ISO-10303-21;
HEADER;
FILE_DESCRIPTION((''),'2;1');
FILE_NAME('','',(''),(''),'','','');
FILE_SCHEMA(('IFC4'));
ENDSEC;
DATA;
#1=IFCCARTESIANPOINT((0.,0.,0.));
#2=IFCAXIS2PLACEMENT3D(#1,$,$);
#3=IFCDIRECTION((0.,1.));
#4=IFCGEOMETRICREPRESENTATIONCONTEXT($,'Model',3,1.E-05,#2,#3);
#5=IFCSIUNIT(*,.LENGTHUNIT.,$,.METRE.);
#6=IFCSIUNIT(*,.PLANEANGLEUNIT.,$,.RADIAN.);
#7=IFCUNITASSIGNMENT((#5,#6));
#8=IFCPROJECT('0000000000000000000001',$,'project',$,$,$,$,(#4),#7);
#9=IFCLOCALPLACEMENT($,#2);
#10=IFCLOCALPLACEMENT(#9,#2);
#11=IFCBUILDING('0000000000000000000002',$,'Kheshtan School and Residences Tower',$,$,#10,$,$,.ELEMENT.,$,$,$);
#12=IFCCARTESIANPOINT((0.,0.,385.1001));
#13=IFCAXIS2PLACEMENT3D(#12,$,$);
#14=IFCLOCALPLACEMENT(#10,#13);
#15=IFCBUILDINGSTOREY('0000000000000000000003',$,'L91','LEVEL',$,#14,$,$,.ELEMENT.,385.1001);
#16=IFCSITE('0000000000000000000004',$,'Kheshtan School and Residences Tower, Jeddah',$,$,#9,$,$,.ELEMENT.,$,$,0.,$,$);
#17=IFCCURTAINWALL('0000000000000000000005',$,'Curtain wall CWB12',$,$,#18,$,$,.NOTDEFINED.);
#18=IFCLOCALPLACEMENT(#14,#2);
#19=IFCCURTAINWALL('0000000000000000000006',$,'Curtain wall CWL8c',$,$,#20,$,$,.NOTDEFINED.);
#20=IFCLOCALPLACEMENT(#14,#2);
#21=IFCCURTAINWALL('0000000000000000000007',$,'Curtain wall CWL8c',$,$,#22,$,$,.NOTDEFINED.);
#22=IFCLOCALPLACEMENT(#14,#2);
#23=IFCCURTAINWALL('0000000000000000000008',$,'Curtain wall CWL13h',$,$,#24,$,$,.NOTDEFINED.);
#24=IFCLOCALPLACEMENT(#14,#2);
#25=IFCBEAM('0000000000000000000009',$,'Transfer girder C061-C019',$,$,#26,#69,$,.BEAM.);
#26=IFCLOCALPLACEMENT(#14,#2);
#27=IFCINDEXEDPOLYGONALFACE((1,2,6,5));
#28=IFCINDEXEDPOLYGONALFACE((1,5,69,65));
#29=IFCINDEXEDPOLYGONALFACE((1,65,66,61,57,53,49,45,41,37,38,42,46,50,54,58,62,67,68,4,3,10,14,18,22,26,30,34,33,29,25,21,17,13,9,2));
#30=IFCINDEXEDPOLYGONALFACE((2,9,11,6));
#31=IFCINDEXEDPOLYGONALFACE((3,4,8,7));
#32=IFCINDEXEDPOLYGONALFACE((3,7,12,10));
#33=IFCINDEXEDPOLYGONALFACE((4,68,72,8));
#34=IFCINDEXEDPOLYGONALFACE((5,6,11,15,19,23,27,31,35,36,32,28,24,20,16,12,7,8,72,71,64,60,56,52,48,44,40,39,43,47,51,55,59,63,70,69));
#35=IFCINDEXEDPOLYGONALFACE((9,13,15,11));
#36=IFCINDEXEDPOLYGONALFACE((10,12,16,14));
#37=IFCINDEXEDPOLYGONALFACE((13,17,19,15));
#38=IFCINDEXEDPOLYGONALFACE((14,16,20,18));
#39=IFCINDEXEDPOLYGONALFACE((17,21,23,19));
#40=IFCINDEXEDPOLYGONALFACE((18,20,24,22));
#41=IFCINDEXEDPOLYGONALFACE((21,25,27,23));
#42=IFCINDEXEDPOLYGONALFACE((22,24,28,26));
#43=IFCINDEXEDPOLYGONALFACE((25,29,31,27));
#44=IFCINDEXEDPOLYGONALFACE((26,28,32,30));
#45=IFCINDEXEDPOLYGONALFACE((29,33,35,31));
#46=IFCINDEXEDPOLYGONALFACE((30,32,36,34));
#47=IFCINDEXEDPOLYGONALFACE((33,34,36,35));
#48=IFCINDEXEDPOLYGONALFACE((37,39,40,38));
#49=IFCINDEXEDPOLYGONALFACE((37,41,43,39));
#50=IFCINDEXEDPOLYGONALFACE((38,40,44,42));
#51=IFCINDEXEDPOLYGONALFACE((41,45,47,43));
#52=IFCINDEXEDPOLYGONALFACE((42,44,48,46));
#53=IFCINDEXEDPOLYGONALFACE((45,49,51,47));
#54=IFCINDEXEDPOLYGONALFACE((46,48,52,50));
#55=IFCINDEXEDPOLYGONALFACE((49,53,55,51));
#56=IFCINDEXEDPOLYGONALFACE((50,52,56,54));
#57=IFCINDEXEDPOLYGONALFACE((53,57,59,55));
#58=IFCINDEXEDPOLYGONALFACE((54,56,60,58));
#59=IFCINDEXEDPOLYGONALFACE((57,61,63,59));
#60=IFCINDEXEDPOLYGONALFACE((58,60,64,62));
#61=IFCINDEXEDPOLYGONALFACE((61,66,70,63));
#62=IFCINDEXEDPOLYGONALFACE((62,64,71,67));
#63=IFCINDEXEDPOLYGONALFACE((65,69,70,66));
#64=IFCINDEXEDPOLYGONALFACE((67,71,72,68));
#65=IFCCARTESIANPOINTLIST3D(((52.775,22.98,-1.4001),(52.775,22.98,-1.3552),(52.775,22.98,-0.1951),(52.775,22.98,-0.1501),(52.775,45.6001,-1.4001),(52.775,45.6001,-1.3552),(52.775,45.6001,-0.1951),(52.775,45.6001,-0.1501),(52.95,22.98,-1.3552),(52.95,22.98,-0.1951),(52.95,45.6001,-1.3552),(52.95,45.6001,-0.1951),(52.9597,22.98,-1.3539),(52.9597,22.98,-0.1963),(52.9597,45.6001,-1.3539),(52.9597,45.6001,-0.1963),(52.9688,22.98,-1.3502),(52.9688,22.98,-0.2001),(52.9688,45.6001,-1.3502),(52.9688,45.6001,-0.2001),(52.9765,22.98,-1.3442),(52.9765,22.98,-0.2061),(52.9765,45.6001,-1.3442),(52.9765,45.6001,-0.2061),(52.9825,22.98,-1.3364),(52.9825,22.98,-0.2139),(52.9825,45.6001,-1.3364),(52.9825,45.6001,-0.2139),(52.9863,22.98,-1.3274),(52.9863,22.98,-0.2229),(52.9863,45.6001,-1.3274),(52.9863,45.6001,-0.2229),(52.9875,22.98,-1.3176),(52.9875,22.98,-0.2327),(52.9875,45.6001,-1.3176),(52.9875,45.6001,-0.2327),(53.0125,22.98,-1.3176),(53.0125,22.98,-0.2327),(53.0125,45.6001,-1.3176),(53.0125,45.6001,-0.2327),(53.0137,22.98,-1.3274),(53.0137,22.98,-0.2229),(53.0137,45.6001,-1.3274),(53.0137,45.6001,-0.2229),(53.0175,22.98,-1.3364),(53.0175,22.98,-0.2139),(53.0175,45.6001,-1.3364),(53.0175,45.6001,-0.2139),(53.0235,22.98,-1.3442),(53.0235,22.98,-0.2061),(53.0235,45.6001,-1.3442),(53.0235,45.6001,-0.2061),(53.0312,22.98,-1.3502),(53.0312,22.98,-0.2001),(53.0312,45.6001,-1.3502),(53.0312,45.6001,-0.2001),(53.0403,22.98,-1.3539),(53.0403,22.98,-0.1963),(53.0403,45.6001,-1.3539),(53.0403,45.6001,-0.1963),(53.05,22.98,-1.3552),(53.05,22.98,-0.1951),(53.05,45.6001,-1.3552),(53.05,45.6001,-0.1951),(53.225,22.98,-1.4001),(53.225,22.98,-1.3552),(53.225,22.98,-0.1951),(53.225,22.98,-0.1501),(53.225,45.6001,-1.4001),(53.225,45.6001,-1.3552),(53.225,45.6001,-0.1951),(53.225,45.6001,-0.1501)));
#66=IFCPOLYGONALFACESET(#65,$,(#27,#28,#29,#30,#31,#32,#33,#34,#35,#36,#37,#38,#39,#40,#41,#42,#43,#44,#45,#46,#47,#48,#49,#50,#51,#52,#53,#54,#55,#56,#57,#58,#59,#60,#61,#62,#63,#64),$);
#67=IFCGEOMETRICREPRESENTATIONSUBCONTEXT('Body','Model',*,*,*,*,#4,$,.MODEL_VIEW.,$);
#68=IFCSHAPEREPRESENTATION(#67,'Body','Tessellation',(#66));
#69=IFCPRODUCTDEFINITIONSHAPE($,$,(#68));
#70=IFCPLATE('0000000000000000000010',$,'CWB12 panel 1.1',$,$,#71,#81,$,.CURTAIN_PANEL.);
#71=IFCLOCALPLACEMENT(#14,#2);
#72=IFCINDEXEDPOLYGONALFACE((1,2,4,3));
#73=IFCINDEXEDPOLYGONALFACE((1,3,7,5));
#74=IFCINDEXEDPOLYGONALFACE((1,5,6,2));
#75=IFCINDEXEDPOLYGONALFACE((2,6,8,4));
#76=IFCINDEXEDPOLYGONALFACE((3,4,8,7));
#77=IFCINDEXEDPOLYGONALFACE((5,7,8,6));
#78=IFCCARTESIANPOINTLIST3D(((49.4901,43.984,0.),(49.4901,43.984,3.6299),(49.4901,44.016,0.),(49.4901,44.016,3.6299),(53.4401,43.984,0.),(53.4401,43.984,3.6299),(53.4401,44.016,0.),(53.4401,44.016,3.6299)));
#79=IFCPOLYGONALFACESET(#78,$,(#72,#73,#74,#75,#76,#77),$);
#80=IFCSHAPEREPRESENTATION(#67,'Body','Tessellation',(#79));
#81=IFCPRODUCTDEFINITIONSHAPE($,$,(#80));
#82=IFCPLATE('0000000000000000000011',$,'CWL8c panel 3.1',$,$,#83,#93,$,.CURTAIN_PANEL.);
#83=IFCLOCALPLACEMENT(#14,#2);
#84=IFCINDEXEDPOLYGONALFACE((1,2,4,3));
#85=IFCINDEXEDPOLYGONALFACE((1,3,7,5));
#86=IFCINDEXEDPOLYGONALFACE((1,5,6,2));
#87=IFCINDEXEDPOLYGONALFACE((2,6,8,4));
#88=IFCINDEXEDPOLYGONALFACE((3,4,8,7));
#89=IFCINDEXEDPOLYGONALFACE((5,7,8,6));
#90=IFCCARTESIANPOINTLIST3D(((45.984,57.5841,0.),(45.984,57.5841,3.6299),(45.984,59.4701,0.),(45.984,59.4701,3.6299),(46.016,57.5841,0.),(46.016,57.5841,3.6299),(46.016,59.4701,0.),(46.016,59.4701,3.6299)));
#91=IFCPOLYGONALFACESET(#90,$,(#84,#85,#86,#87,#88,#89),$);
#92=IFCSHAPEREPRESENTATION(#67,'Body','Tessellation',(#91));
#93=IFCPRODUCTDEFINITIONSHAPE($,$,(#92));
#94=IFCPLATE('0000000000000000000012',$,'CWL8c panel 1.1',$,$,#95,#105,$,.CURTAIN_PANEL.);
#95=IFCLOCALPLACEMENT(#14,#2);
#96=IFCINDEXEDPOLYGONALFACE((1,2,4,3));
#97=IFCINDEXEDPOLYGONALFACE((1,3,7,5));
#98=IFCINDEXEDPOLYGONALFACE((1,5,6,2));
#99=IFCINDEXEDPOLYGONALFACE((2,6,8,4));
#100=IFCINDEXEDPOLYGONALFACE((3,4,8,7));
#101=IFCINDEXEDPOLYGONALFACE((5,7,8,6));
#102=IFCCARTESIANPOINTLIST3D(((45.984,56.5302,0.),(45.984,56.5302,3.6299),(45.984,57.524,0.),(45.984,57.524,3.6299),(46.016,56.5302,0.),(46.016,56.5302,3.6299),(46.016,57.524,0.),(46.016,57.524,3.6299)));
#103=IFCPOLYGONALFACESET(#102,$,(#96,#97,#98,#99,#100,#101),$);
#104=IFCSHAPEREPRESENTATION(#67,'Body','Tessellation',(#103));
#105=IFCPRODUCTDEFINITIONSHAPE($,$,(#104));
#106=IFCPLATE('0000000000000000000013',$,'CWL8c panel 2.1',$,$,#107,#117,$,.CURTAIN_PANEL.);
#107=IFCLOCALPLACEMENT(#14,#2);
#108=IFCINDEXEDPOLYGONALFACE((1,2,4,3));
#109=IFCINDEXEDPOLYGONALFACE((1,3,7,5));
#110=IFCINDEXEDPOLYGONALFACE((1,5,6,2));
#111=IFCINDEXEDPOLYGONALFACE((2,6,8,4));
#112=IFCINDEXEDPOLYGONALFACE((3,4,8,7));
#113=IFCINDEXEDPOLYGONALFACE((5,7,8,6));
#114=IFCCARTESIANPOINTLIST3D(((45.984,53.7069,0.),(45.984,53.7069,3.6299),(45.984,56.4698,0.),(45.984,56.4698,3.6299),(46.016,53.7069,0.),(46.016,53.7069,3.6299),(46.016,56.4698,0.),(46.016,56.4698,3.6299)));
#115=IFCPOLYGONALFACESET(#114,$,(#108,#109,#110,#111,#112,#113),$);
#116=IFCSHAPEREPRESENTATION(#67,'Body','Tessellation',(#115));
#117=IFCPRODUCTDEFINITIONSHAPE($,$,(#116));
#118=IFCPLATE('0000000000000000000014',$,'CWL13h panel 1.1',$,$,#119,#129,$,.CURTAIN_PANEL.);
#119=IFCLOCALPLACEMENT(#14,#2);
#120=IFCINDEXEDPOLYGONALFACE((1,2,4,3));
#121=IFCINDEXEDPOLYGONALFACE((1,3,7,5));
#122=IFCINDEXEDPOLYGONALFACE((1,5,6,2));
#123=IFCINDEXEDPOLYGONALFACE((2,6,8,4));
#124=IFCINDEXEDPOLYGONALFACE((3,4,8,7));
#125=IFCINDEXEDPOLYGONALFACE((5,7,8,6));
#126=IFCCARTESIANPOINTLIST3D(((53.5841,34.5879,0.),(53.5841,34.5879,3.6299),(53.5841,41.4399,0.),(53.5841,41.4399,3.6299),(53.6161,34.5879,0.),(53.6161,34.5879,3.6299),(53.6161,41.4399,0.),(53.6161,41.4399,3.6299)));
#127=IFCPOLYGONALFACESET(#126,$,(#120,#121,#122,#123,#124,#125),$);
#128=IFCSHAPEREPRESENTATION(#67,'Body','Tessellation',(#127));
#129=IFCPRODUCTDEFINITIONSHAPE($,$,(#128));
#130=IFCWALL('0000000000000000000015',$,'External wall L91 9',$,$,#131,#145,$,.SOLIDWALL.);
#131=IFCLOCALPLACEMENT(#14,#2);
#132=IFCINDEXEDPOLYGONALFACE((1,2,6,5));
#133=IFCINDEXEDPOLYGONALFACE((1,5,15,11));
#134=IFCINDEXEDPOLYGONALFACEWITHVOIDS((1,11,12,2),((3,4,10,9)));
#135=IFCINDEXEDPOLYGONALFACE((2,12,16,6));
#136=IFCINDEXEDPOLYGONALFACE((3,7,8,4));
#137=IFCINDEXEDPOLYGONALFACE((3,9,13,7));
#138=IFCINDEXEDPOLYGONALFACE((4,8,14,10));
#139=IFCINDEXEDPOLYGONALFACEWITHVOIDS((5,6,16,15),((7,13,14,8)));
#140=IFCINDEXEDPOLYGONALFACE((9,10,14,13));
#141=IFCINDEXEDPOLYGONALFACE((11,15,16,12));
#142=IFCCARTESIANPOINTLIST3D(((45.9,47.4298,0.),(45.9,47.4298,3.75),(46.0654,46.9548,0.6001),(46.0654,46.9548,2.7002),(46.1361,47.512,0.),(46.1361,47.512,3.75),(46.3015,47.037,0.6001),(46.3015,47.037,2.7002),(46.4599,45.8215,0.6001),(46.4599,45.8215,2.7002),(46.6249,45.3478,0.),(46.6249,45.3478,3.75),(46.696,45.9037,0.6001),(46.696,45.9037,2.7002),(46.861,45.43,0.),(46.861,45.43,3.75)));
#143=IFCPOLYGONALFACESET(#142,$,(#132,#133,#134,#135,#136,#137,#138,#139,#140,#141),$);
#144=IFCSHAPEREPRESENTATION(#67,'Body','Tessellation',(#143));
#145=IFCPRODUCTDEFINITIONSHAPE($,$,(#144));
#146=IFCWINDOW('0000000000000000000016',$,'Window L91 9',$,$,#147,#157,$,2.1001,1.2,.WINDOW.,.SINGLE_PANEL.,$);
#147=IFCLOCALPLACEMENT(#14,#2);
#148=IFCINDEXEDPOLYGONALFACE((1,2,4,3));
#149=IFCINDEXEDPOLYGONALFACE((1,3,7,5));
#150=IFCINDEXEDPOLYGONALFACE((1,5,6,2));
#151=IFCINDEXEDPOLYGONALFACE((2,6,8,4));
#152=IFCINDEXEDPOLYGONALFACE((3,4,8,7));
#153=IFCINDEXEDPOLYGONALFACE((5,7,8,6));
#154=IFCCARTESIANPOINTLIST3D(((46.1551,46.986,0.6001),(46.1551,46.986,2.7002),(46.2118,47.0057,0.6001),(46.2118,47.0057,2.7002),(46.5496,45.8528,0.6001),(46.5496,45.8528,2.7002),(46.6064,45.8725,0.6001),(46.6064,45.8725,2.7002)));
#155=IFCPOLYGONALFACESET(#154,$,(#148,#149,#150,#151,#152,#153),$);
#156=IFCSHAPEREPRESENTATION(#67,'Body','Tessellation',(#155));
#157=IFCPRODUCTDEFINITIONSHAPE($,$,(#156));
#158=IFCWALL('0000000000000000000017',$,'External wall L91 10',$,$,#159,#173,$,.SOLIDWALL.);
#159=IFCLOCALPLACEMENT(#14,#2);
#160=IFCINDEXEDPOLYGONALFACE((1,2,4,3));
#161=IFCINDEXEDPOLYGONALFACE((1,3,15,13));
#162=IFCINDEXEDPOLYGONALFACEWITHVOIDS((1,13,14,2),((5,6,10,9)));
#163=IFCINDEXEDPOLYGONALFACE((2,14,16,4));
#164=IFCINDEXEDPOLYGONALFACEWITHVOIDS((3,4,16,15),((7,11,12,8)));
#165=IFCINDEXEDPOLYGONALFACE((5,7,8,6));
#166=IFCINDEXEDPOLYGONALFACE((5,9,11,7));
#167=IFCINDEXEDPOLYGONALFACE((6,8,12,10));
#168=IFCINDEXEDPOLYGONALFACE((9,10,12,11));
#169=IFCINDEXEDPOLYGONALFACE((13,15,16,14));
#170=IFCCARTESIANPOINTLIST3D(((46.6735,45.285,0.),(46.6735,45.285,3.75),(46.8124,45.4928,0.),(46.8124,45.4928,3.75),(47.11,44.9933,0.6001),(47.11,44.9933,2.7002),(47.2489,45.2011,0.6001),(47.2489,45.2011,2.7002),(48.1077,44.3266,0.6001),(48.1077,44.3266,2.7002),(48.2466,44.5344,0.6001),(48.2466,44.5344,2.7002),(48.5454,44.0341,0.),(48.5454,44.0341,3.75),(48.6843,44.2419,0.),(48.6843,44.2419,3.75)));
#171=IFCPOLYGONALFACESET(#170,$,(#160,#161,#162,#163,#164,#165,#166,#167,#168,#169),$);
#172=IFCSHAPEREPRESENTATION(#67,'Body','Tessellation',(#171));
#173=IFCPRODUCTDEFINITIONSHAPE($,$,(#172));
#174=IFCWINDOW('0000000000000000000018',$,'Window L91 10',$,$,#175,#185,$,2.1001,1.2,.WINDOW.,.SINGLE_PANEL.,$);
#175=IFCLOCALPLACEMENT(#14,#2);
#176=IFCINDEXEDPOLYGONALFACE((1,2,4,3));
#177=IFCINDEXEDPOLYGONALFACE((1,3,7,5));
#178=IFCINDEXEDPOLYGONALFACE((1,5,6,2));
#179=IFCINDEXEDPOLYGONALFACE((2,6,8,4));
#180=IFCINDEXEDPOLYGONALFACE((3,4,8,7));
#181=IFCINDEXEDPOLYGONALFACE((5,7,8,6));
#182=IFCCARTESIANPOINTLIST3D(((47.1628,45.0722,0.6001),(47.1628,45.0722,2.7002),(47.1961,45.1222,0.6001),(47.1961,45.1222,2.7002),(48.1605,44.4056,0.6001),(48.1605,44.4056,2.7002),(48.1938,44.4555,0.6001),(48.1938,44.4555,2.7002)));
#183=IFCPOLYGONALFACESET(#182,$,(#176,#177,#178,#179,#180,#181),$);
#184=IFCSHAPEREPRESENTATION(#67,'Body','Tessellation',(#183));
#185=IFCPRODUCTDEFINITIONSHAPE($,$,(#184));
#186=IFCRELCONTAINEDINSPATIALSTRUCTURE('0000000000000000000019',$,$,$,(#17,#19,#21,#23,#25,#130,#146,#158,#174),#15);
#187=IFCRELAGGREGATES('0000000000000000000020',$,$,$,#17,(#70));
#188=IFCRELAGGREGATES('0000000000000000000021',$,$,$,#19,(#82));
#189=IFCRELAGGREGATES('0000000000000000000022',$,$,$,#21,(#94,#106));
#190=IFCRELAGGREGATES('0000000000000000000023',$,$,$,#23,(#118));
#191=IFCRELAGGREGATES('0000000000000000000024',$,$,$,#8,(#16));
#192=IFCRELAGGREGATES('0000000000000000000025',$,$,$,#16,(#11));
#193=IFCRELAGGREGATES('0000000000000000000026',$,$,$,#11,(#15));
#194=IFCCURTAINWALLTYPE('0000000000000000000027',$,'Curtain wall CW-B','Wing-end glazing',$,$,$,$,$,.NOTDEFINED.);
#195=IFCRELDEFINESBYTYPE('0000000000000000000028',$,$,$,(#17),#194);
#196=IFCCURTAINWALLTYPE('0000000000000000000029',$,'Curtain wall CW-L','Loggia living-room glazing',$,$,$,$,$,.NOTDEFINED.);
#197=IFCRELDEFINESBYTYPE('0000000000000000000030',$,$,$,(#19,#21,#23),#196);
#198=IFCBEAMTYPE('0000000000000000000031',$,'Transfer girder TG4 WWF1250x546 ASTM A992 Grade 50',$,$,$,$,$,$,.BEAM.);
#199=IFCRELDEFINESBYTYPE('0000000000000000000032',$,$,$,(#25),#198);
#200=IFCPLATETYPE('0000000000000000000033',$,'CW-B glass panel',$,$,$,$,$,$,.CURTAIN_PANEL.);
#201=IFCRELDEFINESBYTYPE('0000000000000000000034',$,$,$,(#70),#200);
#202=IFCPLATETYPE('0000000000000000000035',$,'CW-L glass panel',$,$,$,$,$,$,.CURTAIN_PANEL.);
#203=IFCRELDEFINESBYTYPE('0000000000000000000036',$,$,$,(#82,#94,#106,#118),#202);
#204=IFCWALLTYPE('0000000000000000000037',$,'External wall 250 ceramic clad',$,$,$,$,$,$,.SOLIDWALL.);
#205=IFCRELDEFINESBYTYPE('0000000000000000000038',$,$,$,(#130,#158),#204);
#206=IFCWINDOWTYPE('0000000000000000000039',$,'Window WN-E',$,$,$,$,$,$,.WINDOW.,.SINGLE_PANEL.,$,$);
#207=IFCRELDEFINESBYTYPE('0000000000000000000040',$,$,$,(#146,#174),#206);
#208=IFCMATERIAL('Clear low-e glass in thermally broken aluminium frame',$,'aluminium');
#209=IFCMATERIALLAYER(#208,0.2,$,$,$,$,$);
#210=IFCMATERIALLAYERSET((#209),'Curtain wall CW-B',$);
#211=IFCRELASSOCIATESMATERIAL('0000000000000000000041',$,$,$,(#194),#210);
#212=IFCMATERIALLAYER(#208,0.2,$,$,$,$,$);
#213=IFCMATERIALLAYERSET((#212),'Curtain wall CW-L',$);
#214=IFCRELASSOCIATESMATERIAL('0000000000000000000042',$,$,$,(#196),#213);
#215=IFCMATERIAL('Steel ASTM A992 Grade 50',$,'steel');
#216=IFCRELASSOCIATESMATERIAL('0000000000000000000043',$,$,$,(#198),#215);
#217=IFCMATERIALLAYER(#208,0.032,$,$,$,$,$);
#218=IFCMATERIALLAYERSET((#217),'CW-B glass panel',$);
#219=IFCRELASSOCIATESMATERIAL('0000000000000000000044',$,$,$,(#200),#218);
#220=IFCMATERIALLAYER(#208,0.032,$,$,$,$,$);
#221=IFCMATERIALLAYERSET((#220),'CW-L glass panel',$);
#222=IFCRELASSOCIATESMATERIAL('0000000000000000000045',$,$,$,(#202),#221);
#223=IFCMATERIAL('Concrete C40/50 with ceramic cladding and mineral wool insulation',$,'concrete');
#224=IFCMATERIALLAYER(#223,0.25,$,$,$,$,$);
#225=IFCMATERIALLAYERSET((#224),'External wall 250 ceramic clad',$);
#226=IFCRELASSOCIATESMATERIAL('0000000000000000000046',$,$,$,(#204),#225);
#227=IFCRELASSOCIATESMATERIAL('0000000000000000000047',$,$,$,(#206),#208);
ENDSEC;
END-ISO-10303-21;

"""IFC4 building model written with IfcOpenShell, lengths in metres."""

from ifc_helpers import new_model, si_unit, direction, frame, frame_2d, origin, origin_2d, place, context, subcontext, project, spatial, rectangle, i_section, extrude, source, transform, mapped, material, layer, layer_set, material_profile, profile_set, type_object, element, fill, aggregate, save


model = new_model("IFC4")

# Units and contexts
model_context = context("Model", 3, precision=1e-05, world=origin(), true_north=direction((0.0, 1.0)))
body_context = subcontext(model_context, "Body", "Model", "MODEL_VIEW")
ifc_project = project(units=[si_unit("LENGTHUNIT", "METRE"), si_unit("PLANEANGLEUNIT", "RADIAN")], contexts=[model_context])

# Site, building, storey
site_placement = place(None, origin())
site = spatial("IfcSite", under=ifc_project, at=site_placement, Name="Kheshtan School and Residences Tower, Jeddah", CompositionType="ELEMENT", RefElevation=0.0)
building_placement = place(site_placement, origin())
building = spatial("IfcBuilding", under=site, at=building_placement, Name="Kheshtan School and Residences Tower", CompositionType="ELEMENT")
storey_placement = place(building_placement, frame((0.0, 0.0, 385.1001)))
storey = spatial("IfcBuildingStorey", under=building, at=storey_placement, Name="L91", Description="LEVEL", CompositionType="ELEMENT", Elevation=385.1001)

# Shared definitions
ifc_material_1 = material(Name="Steel ASTM A992 Grade 50", Category="steel")

# Curtain wall
ifc_material_2 = material(Name="Clear low-e glass in thermally broken aluminium frame", Category="aluminium")
ifc_layer_1 = layer(ifc_material_2, 0.2)
ifc_layer_set_1 = layer_set([ifc_layer_1], Name="Curtain wall CW-B")
curtain_wall_type_1 = type_object("IfcCurtainWallType", Name="Curtain wall CW-B", Description="Wing-end glazing", PredefinedType="NOTDEFINED", material=ifc_layer_set_1)
curtain_wall_1_placement = place(storey_placement, origin())
curtain_wall_1 = element("IfcCurtainWall", 1, at=curtain_wall_1_placement, inside=storey, type_object=curtain_wall_type_1, Name="Curtain wall CWB12", PredefinedType="NOTDEFINED")

# Curtain wall
ifc_layer_2 = layer(ifc_material_2, 0.2)
ifc_layer_set_2 = layer_set([ifc_layer_2], Name="Curtain wall CW-L")
curtain_wall_type_2 = type_object("IfcCurtainWallType", Name="Curtain wall CW-L", Description="Loggia living-room glazing", PredefinedType="NOTDEFINED", material=ifc_layer_set_2)
curtain_wall_2_placement = place(storey_placement, origin())
curtain_wall_2 = element("IfcCurtainWall", 2, at=curtain_wall_2_placement, inside=storey, type_object=curtain_wall_type_2, Name="Curtain wall CWL8c", PredefinedType="NOTDEFINED")

# Curtain wall
curtain_wall_3_placement = place(storey_placement, origin())
curtain_wall_3 = element("IfcCurtainWall", 3, at=curtain_wall_3_placement, inside=storey, type_object=curtain_wall_type_2, Name="Curtain wall CWL8c", PredefinedType="NOTDEFINED")

# Curtain wall
curtain_wall_4_placement = place(storey_placement, origin())
curtain_wall_4 = element("IfcCurtainWall", 4, at=curtain_wall_4_placement, inside=storey, type_object=curtain_wall_type_2, Name="Curtain wall CWL13h", PredefinedType="NOTDEFINED")

# Beam
ifc_material_profile_1 = material_profile(ifc_material_1, i_section(OverallWidth=0.45, OverallDepth=1.25, WebThickness=0.0249, FlangeThickness=0.0449, FilletRadius=0.0376, at=origin_2d()), Name="WWF1250x546")
ifc_profile_set_1 = profile_set([ifc_material_profile_1], Name="Steel ASTM A992 Grade 50")
beam_type_1 = type_object("IfcBeamType", Name="Transfer girder TG4 WWF1250x546 ASTM A992 Grade 50", PredefinedType="BEAM", material=ifc_profile_set_1)
beam_1_placement = place(storey_placement, frame((53.0, 45.6001, -0.7751), z_axis=(0.0, -1.0, 0.0), x_axis=(1.0, 0.0, 0.0)))
element("IfcBeam", 5, at=beam_1_placement, inside=storey, type_object=beam_type_1, Name="Transfer girder C061-C019", PredefinedType="BEAM", context=body_context, shape_type="SweptSolid", body=[
    extrude(i_section(OverallWidth=0.45, OverallDepth=1.25, WebThickness=0.0249, FlangeThickness=0.0449, FilletRadius=0.0376, at=origin_2d()), origin(), (0.0, 0.0, 1.0), 22.6201),
])

# Plates
ifc_layer_3 = layer(ifc_material_2, 0.032)
ifc_layer_set_3 = layer_set([ifc_layer_3], Name="CW-B glass panel")
plate_type_1 = type_object("IfcPlateType", Name="CW-B glass panel", PredefinedType="CURTAIN_PANEL", material=ifc_layer_set_3)
plate_1_placement = place(storey_placement, frame((51.4651, 44.0, 0.0), z_axis=(0.0, 0.0, 1.0), x_axis=(1.0, 0.0, 0.0)))
plate_1 = element("IfcPlate", 6, at=plate_1_placement, type_object=plate_type_1, Name="CWB12 panel 1.1", PredefinedType="CURTAIN_PANEL", context=body_context, shape_type="SweptSolid", body=[
    extrude(rectangle(XDim=3.95, YDim=0.032, at=origin_2d()), origin(), (0.0, 0.0, 1.0), 3.6299),
])
aggregate(curtain_wall_1, [plate_1])
ifc_layer_4 = layer(ifc_material_2, 0.032)
ifc_layer_set_4 = layer_set([ifc_layer_4], Name="CW-L glass panel")
plate_type_2 = type_object("IfcPlateType", Name="CW-L glass panel", PredefinedType="CURTAIN_PANEL", material=ifc_layer_set_4)
plate_2_placement = place(storey_placement, frame((46.0, 58.5271, 0.0), z_axis=(0.0, 0.0, 1.0), x_axis=(0.0, -1.0, 0.0)))
plate_2 = element("IfcPlate", 7, at=plate_2_placement, type_object=plate_type_2, Name="CWL8c panel 3.1", PredefinedType="CURTAIN_PANEL", context=body_context, shape_type="SweptSolid", body=[
    extrude(rectangle(XDim=1.886, YDim=0.032, at=origin_2d()), origin(), (0.0, 0.0, 1.0), 3.6299),
])
aggregate(curtain_wall_2, [plate_2])
plate_3_placement = place(storey_placement, frame((46.0, 57.0271, 0.0), z_axis=(0.0, 0.0, 1.0), x_axis=(0.0, -1.0, 0.0)))
plate_3 = element("IfcPlate", 8, at=plate_3_placement, type_object=plate_type_2, Name="CWL8c panel 1.1", PredefinedType="CURTAIN_PANEL", context=body_context, shape_type="SweptSolid", body=[
    extrude(rectangle(XDim=0.9939, YDim=0.032, at=origin_2d()), origin(), (0.0, 0.0, 1.0), 3.6299),
])
plate_4_placement = place(storey_placement, frame((46.0, 55.0884, 0.0), z_axis=(0.0, 0.0, 1.0), x_axis=(0.0, -1.0, 0.0)))
plate_4 = element("IfcPlate", 9, at=plate_4_placement, type_object=plate_type_2, Name="CWL8c panel 2.1", PredefinedType="CURTAIN_PANEL", context=body_context, shape_type="SweptSolid", body=[
    extrude(rectangle(XDim=2.7629, YDim=0.032, at=origin_2d()), origin(), (0.0, 0.0, 1.0), 3.6299),
])
aggregate(curtain_wall_3, [plate_3, plate_4])
plate_5_placement = place(storey_placement, frame((53.6001, 38.0139, 0.0), z_axis=(0.0, 0.0, 1.0), x_axis=(0.0, -1.0, 0.0)))
plate_5 = element("IfcPlate", 10, at=plate_5_placement, type_object=plate_type_2, Name="CWL13h panel 1.1", PredefinedType="CURTAIN_PANEL", context=body_context, shape_type="SweptSolid", body=[
    extrude(rectangle(XDim=6.8521, YDim=0.032, at=origin_2d()), origin(), (0.0, 0.0, 1.0), 3.6299),
])
aggregate(curtain_wall_4, [plate_5])

# Walls, openings, windows
ifc_material_3 = material(Name="Concrete C40/50 with ceramic cladding and mineral wool insulation", Category="concrete")
ifc_layer_5 = layer(ifc_material_3, 0.25)
ifc_layer_set_5 = layer_set([ifc_layer_5], Name="External wall 250 ceramic clad")
wall_type_1 = type_object("IfcWallType", Name="External wall 250 ceramic clad", PredefinedType="SOLIDWALL", material=ifc_layer_set_5)
wall_1_placement = place(storey_placement, frame((46.0181, 47.4709, 0.0), z_axis=(0.0, 0.0, 1.0), x_axis=(0.328791, -0.944403, 0.0)))
wall_1 = element("IfcWall", 11, at=wall_1_placement, inside=storey, type_object=wall_type_1, Name="External wall L91 9", PredefinedType="SOLIDWALL", context=body_context, shape_type="SweptSolid", body=[
    extrude(rectangle(XDim=2.2046, YDim=0.25, at=frame_2d((1.1023, 0.0))), origin(), (0.0, 0.0, 1.0), 3.75),
])
opening_1_placement = place(wall_1_placement, frame((0.5029, 0.0, 0.6001)))
opening_1 = element("IfcOpeningElement", 12, at=opening_1_placement, cuts=wall_1, PredefinedType="OPENING", context=body_context, shape_type="SweptSolid", body=[
    extrude(rectangle(XDim=1.2, YDim=2.1001, at=frame_2d((0.6001, 1.05))), frame((0.0, 0.135, 0.0), z_axis=(0.0, -1.0, 0.0), x_axis=(1.0, 0.0, 0.0)), (0.0, 0.0, 1.0), 0.27),
])
window_type = type_object("IfcWindowType", Name="Window WN-E", PartitioningType="SINGLE_PANEL", PredefinedType="WINDOW", material=ifc_material_2)
shared_shape_1 = source(origin(), body_context, "Body", "SweptSolid", [
    extrude(rectangle(XDim=1.2, YDim=2.1001, at=frame_2d((0.6001, 1.05))), frame((0.0, 0.03, 0.0), z_axis=(0.0, -1.0, 0.0), x_axis=(1.0, 0.0, 0.0)), (0.0, 0.0, 1.0), 0.0601),
])
window_1_placement = place(opening_1_placement, origin())
window_1 = element("IfcWindow", 13, at=window_1_placement, inside=storey, type_object=window_type, Name="Window L91 9", OverallHeight=2.1001, OverallWidth=1.2, PartitioningType="SINGLE_PANEL", PredefinedType="WINDOW", context=body_context, shape_type="MappedRepresentation", body=[
    mapped(shared_shape_1, transform((0.0, 0.0, 0.0), x_axis=(1.0, 0.0, 0.0), y_axis=(0.0, 1.0, 0.0), z_axis=(0.0, 0.0, 1.0), scale=1.0)),
])
fill(opening_1, window_1)
wall_2_placement = place(storey_placement, frame((46.7429, 45.3889, 0.0), z_axis=(0.0, 0.0, 1.0), x_axis=(0.831449, -0.555601, 0.0)))
wall_2 = element("IfcWall", 14, at=wall_2_placement, inside=storey, type_object=wall_type_1, Name="External wall L91 10", PredefinedType="SOLIDWALL", context=body_context, shape_type="SweptSolid", body=[
    extrude(rectangle(XDim=2.2515, YDim=0.25, at=frame_2d((1.1257, 0.0))), origin(), (0.0, 0.0, 1.0), 3.75),
])
opening_2_placement = place(wall_2_placement, frame((0.5249, 0.0, 0.6001)))
opening_2 = element("IfcOpeningElement", 15, at=opening_2_placement, cuts=wall_2, PredefinedType="OPENING", context=body_context, shape_type="SweptSolid", body=[
    extrude(rectangle(XDim=1.2, YDim=2.1001, at=frame_2d((0.6001, 1.05))), frame((0.0, 0.135, 0.0), z_axis=(0.0, -1.0, 0.0), x_axis=(1.0, 0.0, 0.0)), (0.0, 0.0, 1.0), 0.27),
])
window_2_placement = place(opening_2_placement, origin())
window_2 = element("IfcWindow", 16, at=window_2_placement, inside=storey, type_object=window_type, Name="Window L91 10", OverallHeight=2.1001, OverallWidth=1.2, PartitioningType="SINGLE_PANEL", PredefinedType="WINDOW", context=body_context, shape_type="MappedRepresentation", body=[
    mapped(shared_shape_1, transform((0.0, 0.0, 0.0), x_axis=(1.0, 0.0, 0.0), y_axis=(0.0, 1.0, 0.0), z_axis=(0.0, 0.0, 1.0), scale=1.0)),
])
fill(opening_2, window_2)

save(model, "model.ifc")
